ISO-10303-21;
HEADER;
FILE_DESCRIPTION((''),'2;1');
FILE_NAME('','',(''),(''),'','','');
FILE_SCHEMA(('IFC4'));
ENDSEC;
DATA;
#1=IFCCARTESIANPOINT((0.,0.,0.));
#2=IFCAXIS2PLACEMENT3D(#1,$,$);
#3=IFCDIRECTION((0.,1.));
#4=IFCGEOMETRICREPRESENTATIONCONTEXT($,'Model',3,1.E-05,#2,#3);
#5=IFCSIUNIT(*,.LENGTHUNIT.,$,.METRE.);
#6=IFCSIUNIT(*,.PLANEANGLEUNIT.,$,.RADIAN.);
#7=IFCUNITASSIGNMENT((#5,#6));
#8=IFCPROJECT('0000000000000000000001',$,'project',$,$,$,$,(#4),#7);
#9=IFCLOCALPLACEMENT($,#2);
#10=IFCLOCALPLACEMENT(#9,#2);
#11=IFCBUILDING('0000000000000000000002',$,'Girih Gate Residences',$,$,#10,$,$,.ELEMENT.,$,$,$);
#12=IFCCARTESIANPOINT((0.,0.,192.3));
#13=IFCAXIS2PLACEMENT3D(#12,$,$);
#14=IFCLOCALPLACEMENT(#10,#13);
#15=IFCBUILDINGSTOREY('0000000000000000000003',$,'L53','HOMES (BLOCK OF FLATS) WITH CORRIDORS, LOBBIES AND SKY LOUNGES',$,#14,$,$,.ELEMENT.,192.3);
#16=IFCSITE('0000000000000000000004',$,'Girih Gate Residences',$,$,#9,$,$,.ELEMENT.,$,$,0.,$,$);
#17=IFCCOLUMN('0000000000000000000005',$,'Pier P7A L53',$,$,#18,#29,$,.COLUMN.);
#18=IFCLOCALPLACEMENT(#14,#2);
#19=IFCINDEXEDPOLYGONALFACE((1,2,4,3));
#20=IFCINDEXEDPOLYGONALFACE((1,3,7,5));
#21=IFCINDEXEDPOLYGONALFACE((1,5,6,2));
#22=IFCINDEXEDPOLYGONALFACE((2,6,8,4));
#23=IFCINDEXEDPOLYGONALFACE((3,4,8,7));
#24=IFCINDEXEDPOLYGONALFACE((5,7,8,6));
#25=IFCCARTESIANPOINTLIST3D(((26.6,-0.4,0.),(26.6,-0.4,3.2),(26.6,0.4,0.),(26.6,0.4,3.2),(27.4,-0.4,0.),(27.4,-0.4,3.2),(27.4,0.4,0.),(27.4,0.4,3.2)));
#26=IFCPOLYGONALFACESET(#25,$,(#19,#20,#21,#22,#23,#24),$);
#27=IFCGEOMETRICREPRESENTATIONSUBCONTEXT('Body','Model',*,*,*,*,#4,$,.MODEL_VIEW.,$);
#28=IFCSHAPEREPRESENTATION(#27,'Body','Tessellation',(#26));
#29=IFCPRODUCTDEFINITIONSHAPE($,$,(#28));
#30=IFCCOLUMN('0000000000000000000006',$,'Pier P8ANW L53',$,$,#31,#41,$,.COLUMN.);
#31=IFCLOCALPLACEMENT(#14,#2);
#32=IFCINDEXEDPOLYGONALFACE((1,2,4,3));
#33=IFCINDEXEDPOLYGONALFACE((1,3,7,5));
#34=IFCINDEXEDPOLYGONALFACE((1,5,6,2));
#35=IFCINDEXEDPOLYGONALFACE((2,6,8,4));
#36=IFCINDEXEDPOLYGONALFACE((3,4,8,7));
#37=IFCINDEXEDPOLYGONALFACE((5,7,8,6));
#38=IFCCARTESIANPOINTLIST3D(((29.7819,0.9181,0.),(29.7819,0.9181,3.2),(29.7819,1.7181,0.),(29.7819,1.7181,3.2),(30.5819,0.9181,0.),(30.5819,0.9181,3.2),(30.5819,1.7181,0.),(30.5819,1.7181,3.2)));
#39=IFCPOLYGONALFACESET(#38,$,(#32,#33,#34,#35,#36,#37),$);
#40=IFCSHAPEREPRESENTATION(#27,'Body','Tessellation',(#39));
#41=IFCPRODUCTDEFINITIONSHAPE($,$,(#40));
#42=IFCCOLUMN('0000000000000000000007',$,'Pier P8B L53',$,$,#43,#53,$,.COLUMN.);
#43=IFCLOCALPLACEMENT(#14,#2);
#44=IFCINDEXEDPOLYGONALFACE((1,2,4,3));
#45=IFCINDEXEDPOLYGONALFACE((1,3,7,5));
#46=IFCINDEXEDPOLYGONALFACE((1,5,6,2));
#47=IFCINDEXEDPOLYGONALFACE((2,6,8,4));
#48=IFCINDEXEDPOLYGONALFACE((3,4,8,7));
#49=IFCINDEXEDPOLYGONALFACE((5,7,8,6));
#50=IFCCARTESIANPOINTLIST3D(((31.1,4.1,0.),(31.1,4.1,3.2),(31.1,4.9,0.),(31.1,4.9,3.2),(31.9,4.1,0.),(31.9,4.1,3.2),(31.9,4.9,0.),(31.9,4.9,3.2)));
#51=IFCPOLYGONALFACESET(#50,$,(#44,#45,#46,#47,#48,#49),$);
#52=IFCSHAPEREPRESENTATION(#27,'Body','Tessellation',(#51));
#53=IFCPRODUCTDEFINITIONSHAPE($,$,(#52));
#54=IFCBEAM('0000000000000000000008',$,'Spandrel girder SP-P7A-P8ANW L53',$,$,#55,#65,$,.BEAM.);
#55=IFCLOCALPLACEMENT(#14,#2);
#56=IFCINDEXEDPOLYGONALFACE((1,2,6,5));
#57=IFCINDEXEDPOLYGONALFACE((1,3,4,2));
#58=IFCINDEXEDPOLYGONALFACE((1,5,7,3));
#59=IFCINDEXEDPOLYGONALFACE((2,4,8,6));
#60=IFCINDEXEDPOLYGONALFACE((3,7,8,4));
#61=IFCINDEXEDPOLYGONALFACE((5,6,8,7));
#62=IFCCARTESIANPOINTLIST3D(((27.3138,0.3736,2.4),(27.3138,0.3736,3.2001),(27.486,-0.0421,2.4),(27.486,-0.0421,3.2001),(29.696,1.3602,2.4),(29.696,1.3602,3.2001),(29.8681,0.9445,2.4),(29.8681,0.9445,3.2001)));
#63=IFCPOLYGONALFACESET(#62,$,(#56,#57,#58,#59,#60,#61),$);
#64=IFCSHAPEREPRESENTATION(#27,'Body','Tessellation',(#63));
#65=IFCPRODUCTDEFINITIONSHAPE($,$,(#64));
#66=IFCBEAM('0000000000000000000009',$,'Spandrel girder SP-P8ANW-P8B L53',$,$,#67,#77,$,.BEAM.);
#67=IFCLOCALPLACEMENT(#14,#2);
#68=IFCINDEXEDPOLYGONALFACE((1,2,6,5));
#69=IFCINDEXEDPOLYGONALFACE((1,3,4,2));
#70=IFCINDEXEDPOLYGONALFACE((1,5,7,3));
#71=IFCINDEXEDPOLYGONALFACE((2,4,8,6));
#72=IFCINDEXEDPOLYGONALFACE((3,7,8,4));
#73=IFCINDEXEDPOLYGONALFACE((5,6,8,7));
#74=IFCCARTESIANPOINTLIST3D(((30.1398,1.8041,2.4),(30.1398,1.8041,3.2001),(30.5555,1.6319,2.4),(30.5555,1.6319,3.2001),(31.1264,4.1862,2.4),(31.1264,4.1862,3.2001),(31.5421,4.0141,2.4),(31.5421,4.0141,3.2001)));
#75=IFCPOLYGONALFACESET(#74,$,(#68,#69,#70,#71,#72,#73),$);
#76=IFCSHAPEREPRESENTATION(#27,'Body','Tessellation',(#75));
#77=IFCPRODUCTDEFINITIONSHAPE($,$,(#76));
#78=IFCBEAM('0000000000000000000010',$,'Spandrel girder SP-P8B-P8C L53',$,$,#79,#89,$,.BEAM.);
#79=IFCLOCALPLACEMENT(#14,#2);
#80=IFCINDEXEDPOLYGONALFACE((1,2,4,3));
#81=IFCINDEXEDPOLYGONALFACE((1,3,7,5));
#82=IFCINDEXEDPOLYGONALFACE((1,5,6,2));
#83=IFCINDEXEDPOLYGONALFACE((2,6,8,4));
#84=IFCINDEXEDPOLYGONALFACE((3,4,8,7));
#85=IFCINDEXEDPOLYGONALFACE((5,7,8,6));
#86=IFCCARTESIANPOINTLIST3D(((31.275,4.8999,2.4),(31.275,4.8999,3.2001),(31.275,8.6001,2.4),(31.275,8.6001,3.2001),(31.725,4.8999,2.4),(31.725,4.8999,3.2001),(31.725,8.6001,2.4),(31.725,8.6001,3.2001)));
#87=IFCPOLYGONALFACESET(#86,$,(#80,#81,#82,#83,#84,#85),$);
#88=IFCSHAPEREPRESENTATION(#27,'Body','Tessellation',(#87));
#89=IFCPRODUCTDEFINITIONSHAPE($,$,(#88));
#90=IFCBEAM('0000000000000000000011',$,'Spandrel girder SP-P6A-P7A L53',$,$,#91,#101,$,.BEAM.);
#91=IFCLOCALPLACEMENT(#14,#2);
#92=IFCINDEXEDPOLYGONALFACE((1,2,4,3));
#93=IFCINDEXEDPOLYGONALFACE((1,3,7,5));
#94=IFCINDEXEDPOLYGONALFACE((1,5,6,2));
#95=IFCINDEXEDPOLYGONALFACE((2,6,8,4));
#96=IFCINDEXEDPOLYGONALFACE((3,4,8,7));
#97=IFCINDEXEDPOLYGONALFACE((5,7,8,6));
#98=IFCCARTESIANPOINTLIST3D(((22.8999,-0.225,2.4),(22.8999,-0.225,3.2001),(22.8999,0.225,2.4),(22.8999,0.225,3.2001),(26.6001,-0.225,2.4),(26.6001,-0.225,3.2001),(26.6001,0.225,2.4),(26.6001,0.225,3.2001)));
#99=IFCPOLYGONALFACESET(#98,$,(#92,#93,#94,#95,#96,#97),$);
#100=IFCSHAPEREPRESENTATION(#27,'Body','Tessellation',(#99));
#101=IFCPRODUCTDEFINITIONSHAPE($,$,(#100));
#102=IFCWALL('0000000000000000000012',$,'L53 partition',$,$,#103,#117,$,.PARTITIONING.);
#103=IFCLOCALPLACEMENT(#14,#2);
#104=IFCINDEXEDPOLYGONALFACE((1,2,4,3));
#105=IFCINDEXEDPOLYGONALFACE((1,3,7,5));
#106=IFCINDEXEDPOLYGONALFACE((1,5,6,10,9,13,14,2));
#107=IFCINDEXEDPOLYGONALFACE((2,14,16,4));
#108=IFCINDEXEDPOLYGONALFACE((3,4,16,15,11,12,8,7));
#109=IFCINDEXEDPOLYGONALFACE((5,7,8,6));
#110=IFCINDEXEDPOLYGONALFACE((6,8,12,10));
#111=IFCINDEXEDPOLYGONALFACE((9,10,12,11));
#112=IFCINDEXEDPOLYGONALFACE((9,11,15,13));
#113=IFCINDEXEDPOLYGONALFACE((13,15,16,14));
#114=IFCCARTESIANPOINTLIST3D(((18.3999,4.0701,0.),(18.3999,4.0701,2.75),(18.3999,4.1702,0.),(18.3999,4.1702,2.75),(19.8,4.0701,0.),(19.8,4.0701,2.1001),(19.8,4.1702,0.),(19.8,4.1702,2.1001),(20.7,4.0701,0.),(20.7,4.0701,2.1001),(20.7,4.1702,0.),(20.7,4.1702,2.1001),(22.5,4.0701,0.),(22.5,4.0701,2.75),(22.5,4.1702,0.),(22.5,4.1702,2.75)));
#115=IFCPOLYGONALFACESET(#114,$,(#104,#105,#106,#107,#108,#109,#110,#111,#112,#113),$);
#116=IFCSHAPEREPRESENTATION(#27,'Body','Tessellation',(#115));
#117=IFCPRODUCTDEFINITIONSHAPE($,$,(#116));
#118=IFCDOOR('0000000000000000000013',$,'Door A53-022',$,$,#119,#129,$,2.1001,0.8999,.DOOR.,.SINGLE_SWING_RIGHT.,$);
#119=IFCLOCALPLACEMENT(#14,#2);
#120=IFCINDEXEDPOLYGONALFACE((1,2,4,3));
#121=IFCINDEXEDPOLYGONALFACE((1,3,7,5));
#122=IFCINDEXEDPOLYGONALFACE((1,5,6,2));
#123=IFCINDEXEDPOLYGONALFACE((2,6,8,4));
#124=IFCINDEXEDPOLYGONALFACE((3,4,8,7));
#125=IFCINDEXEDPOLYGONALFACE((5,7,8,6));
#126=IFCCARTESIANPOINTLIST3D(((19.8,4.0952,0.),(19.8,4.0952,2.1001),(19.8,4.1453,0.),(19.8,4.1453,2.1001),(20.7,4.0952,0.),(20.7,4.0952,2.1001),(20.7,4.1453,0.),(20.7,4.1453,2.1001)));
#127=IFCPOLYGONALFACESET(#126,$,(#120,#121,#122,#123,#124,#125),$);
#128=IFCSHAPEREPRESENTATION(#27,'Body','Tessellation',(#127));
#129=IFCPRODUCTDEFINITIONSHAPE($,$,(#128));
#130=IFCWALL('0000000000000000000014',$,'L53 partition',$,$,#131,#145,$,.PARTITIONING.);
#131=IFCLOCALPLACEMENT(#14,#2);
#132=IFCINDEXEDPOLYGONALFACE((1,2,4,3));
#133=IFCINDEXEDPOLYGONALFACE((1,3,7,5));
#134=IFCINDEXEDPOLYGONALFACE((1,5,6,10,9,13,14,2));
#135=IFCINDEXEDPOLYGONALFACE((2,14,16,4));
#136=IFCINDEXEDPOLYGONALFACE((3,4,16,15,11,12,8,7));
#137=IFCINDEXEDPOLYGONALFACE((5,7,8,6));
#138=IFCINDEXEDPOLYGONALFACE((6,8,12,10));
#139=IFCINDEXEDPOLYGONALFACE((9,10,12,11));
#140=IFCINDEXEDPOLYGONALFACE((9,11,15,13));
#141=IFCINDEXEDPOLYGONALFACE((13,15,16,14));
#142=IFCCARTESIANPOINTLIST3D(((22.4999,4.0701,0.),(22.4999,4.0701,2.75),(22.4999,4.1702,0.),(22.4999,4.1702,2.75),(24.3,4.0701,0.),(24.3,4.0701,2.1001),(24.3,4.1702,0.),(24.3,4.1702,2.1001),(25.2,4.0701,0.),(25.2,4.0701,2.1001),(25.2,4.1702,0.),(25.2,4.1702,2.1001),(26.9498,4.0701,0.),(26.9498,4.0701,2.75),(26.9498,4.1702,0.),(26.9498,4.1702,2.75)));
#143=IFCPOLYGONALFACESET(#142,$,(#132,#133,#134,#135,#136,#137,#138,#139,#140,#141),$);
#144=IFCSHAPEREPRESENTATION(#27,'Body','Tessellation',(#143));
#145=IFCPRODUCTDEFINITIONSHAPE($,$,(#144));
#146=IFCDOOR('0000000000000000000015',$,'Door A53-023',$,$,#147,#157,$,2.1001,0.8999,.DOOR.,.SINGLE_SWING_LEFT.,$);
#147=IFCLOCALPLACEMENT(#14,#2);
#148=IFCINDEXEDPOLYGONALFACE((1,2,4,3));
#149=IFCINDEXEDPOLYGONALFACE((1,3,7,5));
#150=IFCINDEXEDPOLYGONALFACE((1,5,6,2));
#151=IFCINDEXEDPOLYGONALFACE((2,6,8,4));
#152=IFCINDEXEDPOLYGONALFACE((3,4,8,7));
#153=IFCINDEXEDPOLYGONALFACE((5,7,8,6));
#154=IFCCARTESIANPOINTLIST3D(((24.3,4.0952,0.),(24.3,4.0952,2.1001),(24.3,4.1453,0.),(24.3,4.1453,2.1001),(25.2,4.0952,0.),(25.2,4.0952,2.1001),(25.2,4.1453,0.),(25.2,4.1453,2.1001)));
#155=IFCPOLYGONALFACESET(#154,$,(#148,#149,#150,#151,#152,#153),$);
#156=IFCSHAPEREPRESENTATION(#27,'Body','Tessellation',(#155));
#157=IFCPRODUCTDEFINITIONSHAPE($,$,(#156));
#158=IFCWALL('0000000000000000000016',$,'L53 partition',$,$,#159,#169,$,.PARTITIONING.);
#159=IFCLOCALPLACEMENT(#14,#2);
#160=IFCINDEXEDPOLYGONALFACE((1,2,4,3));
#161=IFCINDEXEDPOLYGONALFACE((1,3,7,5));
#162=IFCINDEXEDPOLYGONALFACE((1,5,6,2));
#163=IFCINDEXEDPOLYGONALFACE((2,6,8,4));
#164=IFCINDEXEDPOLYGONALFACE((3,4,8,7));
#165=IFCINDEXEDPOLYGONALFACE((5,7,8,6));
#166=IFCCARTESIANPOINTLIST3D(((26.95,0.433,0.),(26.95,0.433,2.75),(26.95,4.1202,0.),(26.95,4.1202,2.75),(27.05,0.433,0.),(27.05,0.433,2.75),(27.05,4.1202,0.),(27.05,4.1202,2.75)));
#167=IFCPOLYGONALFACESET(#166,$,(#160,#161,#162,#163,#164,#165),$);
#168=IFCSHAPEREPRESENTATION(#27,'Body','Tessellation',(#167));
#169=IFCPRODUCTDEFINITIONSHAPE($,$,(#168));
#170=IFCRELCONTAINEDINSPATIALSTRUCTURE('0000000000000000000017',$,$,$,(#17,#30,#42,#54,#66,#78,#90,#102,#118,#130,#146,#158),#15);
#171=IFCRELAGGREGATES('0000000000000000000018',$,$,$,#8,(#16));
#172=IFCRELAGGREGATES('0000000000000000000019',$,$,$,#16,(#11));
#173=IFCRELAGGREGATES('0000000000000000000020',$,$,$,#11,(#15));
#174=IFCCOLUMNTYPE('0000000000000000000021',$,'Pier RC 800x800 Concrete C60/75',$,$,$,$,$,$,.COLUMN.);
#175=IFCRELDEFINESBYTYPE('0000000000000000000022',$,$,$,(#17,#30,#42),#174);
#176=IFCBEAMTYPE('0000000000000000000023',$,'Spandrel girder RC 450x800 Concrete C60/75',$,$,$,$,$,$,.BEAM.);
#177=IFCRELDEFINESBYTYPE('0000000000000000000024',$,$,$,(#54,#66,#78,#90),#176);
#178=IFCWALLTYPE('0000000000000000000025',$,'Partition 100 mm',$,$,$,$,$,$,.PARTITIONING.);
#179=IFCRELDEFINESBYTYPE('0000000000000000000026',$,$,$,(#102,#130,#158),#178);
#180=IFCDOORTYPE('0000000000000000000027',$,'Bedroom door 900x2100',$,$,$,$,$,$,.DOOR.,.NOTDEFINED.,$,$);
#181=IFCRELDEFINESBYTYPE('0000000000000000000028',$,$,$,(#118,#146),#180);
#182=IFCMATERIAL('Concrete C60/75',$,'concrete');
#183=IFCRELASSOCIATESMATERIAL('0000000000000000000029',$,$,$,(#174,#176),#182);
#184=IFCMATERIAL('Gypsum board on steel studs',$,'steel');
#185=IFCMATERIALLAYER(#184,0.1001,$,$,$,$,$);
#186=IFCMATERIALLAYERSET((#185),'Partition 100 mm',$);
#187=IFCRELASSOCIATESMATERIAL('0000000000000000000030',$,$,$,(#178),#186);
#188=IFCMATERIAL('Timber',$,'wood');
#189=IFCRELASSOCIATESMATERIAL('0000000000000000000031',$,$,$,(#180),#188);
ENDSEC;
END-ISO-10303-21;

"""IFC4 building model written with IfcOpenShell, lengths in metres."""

from ifc_helpers import new_model, si_unit, direction, frame, frame_2d, origin, origin_2d, place, context, subcontext, project, spatial, rectangle, extrude, material, layer, layer_set, material_profile, profile_set, type_object, element, fill, save


model = new_model("IFC4")

# Units and contexts
model_context = context("Model", 3, precision=1e-05, world=origin(), true_north=direction((0.0, 1.0)))
body_context = subcontext(model_context, "Body", "Model", "MODEL_VIEW")
ifc_project = project(units=[si_unit("LENGTHUNIT", "METRE"), si_unit("PLANEANGLEUNIT", "RADIAN")], contexts=[model_context])

# Site, building, storey
site_placement = place(None, origin())
site = spatial("IfcSite", under=ifc_project, at=site_placement, Name="Girih Gate Residences", CompositionType="ELEMENT", RefElevation=0.0)
building_placement = place(site_placement, origin())
building = spatial("IfcBuilding", under=site, at=building_placement, Name="Girih Gate Residences", CompositionType="ELEMENT")
storey_placement = place(building_placement, frame((0.0, 0.0, 192.3)))
storey = spatial("IfcBuildingStorey", under=building, at=storey_placement, Name="L53", Description="HOMES (BLOCK OF FLATS) WITH CORRIDORS, LOBBIES AND SKY LOUNGES", CompositionType="ELEMENT", Elevation=192.3)

# Columns
ifc_material_1 = material(Name="Concrete C60/75", Category="concrete")
ifc_material_profile_1 = material_profile(ifc_material_1, rectangle(XDim=0.8, YDim=0.8, at=origin_2d()))
ifc_profile_set_1 = profile_set([ifc_material_profile_1], Name="Concrete C60/75")
column_type = type_object("IfcColumnType", Name="Pier RC 800x800 Concrete C60/75", PredefinedType="COLUMN", material=ifc_profile_set_1)
for number, where, z_axis, x_axis, name in (
    (1, (27.0, 0.0, 0.0), (0.0, 0.0, 1.0), (1.0, 0.0, 0.0), "Pier P7A L53"),
    (2, (30.1819, 1.3181, 0.0), (0.0, 0.0, 1.0), (1.0, 0.0, 0.0), "Pier P8ANW L53"),
    (3, (31.5, 4.5, 0.0), (0.0, 0.0, 1.0), (1.0, 0.0, 0.0), "Pier P8B L53"),
):
    element("IfcColumn", number, at=place(storey_placement, frame(where, z_axis=z_axis, x_axis=x_axis)), inside=storey, type_object=column_type, Name=name, PredefinedType="COLUMN", context=body_context, shape_type="SweptSolid", body=[
        extrude(rectangle(XDim=0.8, YDim=0.8, at=origin_2d()), origin(), (0.0, 0.0, 1.0), 3.2),
    ])

# Beams
ifc_material_profile_2 = material_profile(ifc_material_1, rectangle(XDim=0.45, YDim=0.8, at=origin_2d()))
ifc_profile_set_2 = profile_set([ifc_material_profile_2], Name="Concrete C60/75")
beam_type = type_object("IfcBeamType", Name="Spandrel girder RC 450x800 Concrete C60/75", PredefinedType="BEAM", material=ifc_profile_set_2)
for number, where, z_axis, x_axis, name in (
    (4, (27.3999, 0.1658, 2.8), (0.923896, 0.382644, 0.0), (-0.382644, 0.923896, 0.0), "Spandrel girder SP-P7A-P8ANW L53"),
    (5, (30.3477, 1.718, 2.8), (0.382644, 0.923896, 0.0), (-0.923896, 0.382644, 0.0), "Spandrel girder SP-P8ANW-P8B L53"),
):
    element("IfcBeam", number, at=place(storey_placement, frame(where, z_axis=z_axis, x_axis=x_axis)), inside=storey, type_object=beam_type, Name=name, PredefinedType="BEAM", context=body_context, shape_type="SweptSolid", body=[
        extrude(rectangle(XDim=0.45, YDim=0.8, at=origin_2d()), origin(), (0.0, 0.0, 1.0), 2.5784),
    ])
for number, where, z_axis, x_axis, name in (
    (6, (31.5, 4.8999, 2.8), (0.0, 1.0, 0.0), (-1.0, 0.0, 0.0), "Spandrel girder SP-P8B-P8C L53"),
    (7, (22.8999, 0.0, 2.8), (1.0, 0.0, 0.0), (0.0, 1.0, 0.0), "Spandrel girder SP-P6A-P7A L53"),
):
    element("IfcBeam", number, at=place(storey_placement, frame(where, z_axis=z_axis, x_axis=x_axis)), inside=storey, type_object=beam_type, Name=name, PredefinedType="BEAM", context=body_context, shape_type="SweptSolid", body=[
        extrude(rectangle(XDim=0.45, YDim=0.8, at=origin_2d()), origin(), (0.0, 0.0, 1.0), 3.7002),
    ])

# Walls, openings, doors
ifc_material_2 = material(Name="Gypsum board on steel studs", Category="steel")
ifc_layer_1 = layer(ifc_material_2, 0.1001)
ifc_layer_set_1 = layer_set([ifc_layer_1], Name="Partition 100 mm")
wall_type_1 = type_object("IfcWallType", Name="Partition 100 mm", PredefinedType="PARTITIONING", material=ifc_layer_set_1)
wall_1_placement = place(storey_placement, frame((22.5, 4.1201, 0.0), z_axis=(0.0, 0.0, 1.0), x_axis=(-1.0, 0.0, 0.0)))
wall_1 = element("IfcWall", 8, at=wall_1_placement, inside=storey, type_object=wall_type_1, Name="L53 partition", PredefinedType="PARTITIONING", context=body_context, shape_type="SweptSolid", body=[
    extrude(rectangle(XDim=4.1001, YDim=0.1001, at=frame_2d((2.05, 0.0))), origin(), (0.0, 0.0, 1.0), 2.75),
])
opening_1_placement = place(wall_1_placement, frame((1.8, 0.0, 0.0)))
opening_1 = element("IfcOpeningElement", 9, at=opening_1_placement, cuts=wall_1, PredefinedType="OPENING", context=body_context, shape_type="SweptSolid", body=[
    extrude(rectangle(XDim=0.8999, YDim=2.1001, at=frame_2d((0.45, 1.05))), frame((0.0, 0.0601, 0.0), z_axis=(0.0, -1.0, 0.0), x_axis=(1.0, 0.0, 0.0)), (0.0, 0.0, 1.0), 0.1201),
])
ifc_material_3 = material(Name="Timber", Category="wood")
door_type_1 = type_object("IfcDoorType", Name="Bedroom door 900x2100", OperationType="NOTDEFINED", PredefinedType="DOOR", material=ifc_material_3)
door_1_placement = place(opening_1_placement, origin())
door_1 = element("IfcDoor", 10, at=door_1_placement, inside=storey, type_object=door_type_1, Name="Door A53-022", OperationType="SINGLE_SWING_RIGHT", OverallHeight=2.1001, OverallWidth=0.8999, PredefinedType="DOOR", context=body_context, shape_type="SweptSolid", body=[
    extrude(rectangle(XDim=0.8999, YDim=2.1001, at=frame_2d((0.45, 1.05))), frame((0.0, 0.0249, 0.0), z_axis=(0.0, -1.0, 0.0), x_axis=(1.0, 0.0, 0.0)), (0.0, 0.0, 1.0), 0.05),
])
fill(opening_1, door_1)
wall_2_placement = place(storey_placement, frame((26.95, 4.1201, 0.0), z_axis=(0.0, 0.0, 1.0), x_axis=(-1.0, 0.0, 0.0)))
wall_2 = element("IfcWall", 11, at=wall_2_placement, inside=storey, type_object=wall_type_1, Name="L53 partition", PredefinedType="PARTITIONING", context=body_context, shape_type="SweptSolid", body=[
    extrude(rectangle(XDim=4.45, YDim=0.1001, at=frame_2d((2.2251, 0.0))), origin(), (0.0, 0.0, 1.0), 2.75),
])
opening_2_placement = place(wall_2_placement, frame((1.75, 0.0, 0.0)))
opening_2 = element("IfcOpeningElement", 12, at=opening_2_placement, cuts=wall_2, PredefinedType="OPENING", context=body_context, shape_type="SweptSolid", body=[
    extrude(rectangle(XDim=0.8999, YDim=2.1001, at=frame_2d((0.45, 1.05))), frame((0.0, 0.0601, 0.0), z_axis=(0.0, -1.0, 0.0), x_axis=(1.0, 0.0, 0.0)), (0.0, 0.0, 1.0), 0.1201),
])
door_2_placement = place(opening_2_placement, origin())
door_2 = element("IfcDoor", 13, at=door_2_placement, inside=storey, type_object=door_type_1, Name="Door A53-023", OperationType="SINGLE_SWING_LEFT", OverallHeight=2.1001, OverallWidth=0.8999, PredefinedType="DOOR", context=body_context, shape_type="SweptSolid", body=[
    extrude(rectangle(XDim=0.8999, YDim=2.1001, at=frame_2d((0.45, 1.05))), frame((0.0, 0.0249, 0.0), z_axis=(0.0, -1.0, 0.0), x_axis=(1.0, 0.0, 0.0)), (0.0, 0.0, 1.0), 0.05),
])
fill(opening_2, door_2)

# Wall
wall_3_placement = place(storey_placement, frame((27.0, 0.4329, 0.0), z_axis=(0.0, 0.0, 1.0), x_axis=(0.0, 1.0, 0.0)))
element("IfcWall", 14, at=wall_3_placement, inside=storey, type_object=wall_type_1, Name="L53 partition", PredefinedType="PARTITIONING", context=body_context, shape_type="SweptSolid", body=[
    extrude(rectangle(XDim=3.6873, YDim=0.1001, at=frame_2d((1.8438, 0.0))), origin(), (0.0, 0.0, 1.0), 2.75),
])

save(model, "model.ifc")
